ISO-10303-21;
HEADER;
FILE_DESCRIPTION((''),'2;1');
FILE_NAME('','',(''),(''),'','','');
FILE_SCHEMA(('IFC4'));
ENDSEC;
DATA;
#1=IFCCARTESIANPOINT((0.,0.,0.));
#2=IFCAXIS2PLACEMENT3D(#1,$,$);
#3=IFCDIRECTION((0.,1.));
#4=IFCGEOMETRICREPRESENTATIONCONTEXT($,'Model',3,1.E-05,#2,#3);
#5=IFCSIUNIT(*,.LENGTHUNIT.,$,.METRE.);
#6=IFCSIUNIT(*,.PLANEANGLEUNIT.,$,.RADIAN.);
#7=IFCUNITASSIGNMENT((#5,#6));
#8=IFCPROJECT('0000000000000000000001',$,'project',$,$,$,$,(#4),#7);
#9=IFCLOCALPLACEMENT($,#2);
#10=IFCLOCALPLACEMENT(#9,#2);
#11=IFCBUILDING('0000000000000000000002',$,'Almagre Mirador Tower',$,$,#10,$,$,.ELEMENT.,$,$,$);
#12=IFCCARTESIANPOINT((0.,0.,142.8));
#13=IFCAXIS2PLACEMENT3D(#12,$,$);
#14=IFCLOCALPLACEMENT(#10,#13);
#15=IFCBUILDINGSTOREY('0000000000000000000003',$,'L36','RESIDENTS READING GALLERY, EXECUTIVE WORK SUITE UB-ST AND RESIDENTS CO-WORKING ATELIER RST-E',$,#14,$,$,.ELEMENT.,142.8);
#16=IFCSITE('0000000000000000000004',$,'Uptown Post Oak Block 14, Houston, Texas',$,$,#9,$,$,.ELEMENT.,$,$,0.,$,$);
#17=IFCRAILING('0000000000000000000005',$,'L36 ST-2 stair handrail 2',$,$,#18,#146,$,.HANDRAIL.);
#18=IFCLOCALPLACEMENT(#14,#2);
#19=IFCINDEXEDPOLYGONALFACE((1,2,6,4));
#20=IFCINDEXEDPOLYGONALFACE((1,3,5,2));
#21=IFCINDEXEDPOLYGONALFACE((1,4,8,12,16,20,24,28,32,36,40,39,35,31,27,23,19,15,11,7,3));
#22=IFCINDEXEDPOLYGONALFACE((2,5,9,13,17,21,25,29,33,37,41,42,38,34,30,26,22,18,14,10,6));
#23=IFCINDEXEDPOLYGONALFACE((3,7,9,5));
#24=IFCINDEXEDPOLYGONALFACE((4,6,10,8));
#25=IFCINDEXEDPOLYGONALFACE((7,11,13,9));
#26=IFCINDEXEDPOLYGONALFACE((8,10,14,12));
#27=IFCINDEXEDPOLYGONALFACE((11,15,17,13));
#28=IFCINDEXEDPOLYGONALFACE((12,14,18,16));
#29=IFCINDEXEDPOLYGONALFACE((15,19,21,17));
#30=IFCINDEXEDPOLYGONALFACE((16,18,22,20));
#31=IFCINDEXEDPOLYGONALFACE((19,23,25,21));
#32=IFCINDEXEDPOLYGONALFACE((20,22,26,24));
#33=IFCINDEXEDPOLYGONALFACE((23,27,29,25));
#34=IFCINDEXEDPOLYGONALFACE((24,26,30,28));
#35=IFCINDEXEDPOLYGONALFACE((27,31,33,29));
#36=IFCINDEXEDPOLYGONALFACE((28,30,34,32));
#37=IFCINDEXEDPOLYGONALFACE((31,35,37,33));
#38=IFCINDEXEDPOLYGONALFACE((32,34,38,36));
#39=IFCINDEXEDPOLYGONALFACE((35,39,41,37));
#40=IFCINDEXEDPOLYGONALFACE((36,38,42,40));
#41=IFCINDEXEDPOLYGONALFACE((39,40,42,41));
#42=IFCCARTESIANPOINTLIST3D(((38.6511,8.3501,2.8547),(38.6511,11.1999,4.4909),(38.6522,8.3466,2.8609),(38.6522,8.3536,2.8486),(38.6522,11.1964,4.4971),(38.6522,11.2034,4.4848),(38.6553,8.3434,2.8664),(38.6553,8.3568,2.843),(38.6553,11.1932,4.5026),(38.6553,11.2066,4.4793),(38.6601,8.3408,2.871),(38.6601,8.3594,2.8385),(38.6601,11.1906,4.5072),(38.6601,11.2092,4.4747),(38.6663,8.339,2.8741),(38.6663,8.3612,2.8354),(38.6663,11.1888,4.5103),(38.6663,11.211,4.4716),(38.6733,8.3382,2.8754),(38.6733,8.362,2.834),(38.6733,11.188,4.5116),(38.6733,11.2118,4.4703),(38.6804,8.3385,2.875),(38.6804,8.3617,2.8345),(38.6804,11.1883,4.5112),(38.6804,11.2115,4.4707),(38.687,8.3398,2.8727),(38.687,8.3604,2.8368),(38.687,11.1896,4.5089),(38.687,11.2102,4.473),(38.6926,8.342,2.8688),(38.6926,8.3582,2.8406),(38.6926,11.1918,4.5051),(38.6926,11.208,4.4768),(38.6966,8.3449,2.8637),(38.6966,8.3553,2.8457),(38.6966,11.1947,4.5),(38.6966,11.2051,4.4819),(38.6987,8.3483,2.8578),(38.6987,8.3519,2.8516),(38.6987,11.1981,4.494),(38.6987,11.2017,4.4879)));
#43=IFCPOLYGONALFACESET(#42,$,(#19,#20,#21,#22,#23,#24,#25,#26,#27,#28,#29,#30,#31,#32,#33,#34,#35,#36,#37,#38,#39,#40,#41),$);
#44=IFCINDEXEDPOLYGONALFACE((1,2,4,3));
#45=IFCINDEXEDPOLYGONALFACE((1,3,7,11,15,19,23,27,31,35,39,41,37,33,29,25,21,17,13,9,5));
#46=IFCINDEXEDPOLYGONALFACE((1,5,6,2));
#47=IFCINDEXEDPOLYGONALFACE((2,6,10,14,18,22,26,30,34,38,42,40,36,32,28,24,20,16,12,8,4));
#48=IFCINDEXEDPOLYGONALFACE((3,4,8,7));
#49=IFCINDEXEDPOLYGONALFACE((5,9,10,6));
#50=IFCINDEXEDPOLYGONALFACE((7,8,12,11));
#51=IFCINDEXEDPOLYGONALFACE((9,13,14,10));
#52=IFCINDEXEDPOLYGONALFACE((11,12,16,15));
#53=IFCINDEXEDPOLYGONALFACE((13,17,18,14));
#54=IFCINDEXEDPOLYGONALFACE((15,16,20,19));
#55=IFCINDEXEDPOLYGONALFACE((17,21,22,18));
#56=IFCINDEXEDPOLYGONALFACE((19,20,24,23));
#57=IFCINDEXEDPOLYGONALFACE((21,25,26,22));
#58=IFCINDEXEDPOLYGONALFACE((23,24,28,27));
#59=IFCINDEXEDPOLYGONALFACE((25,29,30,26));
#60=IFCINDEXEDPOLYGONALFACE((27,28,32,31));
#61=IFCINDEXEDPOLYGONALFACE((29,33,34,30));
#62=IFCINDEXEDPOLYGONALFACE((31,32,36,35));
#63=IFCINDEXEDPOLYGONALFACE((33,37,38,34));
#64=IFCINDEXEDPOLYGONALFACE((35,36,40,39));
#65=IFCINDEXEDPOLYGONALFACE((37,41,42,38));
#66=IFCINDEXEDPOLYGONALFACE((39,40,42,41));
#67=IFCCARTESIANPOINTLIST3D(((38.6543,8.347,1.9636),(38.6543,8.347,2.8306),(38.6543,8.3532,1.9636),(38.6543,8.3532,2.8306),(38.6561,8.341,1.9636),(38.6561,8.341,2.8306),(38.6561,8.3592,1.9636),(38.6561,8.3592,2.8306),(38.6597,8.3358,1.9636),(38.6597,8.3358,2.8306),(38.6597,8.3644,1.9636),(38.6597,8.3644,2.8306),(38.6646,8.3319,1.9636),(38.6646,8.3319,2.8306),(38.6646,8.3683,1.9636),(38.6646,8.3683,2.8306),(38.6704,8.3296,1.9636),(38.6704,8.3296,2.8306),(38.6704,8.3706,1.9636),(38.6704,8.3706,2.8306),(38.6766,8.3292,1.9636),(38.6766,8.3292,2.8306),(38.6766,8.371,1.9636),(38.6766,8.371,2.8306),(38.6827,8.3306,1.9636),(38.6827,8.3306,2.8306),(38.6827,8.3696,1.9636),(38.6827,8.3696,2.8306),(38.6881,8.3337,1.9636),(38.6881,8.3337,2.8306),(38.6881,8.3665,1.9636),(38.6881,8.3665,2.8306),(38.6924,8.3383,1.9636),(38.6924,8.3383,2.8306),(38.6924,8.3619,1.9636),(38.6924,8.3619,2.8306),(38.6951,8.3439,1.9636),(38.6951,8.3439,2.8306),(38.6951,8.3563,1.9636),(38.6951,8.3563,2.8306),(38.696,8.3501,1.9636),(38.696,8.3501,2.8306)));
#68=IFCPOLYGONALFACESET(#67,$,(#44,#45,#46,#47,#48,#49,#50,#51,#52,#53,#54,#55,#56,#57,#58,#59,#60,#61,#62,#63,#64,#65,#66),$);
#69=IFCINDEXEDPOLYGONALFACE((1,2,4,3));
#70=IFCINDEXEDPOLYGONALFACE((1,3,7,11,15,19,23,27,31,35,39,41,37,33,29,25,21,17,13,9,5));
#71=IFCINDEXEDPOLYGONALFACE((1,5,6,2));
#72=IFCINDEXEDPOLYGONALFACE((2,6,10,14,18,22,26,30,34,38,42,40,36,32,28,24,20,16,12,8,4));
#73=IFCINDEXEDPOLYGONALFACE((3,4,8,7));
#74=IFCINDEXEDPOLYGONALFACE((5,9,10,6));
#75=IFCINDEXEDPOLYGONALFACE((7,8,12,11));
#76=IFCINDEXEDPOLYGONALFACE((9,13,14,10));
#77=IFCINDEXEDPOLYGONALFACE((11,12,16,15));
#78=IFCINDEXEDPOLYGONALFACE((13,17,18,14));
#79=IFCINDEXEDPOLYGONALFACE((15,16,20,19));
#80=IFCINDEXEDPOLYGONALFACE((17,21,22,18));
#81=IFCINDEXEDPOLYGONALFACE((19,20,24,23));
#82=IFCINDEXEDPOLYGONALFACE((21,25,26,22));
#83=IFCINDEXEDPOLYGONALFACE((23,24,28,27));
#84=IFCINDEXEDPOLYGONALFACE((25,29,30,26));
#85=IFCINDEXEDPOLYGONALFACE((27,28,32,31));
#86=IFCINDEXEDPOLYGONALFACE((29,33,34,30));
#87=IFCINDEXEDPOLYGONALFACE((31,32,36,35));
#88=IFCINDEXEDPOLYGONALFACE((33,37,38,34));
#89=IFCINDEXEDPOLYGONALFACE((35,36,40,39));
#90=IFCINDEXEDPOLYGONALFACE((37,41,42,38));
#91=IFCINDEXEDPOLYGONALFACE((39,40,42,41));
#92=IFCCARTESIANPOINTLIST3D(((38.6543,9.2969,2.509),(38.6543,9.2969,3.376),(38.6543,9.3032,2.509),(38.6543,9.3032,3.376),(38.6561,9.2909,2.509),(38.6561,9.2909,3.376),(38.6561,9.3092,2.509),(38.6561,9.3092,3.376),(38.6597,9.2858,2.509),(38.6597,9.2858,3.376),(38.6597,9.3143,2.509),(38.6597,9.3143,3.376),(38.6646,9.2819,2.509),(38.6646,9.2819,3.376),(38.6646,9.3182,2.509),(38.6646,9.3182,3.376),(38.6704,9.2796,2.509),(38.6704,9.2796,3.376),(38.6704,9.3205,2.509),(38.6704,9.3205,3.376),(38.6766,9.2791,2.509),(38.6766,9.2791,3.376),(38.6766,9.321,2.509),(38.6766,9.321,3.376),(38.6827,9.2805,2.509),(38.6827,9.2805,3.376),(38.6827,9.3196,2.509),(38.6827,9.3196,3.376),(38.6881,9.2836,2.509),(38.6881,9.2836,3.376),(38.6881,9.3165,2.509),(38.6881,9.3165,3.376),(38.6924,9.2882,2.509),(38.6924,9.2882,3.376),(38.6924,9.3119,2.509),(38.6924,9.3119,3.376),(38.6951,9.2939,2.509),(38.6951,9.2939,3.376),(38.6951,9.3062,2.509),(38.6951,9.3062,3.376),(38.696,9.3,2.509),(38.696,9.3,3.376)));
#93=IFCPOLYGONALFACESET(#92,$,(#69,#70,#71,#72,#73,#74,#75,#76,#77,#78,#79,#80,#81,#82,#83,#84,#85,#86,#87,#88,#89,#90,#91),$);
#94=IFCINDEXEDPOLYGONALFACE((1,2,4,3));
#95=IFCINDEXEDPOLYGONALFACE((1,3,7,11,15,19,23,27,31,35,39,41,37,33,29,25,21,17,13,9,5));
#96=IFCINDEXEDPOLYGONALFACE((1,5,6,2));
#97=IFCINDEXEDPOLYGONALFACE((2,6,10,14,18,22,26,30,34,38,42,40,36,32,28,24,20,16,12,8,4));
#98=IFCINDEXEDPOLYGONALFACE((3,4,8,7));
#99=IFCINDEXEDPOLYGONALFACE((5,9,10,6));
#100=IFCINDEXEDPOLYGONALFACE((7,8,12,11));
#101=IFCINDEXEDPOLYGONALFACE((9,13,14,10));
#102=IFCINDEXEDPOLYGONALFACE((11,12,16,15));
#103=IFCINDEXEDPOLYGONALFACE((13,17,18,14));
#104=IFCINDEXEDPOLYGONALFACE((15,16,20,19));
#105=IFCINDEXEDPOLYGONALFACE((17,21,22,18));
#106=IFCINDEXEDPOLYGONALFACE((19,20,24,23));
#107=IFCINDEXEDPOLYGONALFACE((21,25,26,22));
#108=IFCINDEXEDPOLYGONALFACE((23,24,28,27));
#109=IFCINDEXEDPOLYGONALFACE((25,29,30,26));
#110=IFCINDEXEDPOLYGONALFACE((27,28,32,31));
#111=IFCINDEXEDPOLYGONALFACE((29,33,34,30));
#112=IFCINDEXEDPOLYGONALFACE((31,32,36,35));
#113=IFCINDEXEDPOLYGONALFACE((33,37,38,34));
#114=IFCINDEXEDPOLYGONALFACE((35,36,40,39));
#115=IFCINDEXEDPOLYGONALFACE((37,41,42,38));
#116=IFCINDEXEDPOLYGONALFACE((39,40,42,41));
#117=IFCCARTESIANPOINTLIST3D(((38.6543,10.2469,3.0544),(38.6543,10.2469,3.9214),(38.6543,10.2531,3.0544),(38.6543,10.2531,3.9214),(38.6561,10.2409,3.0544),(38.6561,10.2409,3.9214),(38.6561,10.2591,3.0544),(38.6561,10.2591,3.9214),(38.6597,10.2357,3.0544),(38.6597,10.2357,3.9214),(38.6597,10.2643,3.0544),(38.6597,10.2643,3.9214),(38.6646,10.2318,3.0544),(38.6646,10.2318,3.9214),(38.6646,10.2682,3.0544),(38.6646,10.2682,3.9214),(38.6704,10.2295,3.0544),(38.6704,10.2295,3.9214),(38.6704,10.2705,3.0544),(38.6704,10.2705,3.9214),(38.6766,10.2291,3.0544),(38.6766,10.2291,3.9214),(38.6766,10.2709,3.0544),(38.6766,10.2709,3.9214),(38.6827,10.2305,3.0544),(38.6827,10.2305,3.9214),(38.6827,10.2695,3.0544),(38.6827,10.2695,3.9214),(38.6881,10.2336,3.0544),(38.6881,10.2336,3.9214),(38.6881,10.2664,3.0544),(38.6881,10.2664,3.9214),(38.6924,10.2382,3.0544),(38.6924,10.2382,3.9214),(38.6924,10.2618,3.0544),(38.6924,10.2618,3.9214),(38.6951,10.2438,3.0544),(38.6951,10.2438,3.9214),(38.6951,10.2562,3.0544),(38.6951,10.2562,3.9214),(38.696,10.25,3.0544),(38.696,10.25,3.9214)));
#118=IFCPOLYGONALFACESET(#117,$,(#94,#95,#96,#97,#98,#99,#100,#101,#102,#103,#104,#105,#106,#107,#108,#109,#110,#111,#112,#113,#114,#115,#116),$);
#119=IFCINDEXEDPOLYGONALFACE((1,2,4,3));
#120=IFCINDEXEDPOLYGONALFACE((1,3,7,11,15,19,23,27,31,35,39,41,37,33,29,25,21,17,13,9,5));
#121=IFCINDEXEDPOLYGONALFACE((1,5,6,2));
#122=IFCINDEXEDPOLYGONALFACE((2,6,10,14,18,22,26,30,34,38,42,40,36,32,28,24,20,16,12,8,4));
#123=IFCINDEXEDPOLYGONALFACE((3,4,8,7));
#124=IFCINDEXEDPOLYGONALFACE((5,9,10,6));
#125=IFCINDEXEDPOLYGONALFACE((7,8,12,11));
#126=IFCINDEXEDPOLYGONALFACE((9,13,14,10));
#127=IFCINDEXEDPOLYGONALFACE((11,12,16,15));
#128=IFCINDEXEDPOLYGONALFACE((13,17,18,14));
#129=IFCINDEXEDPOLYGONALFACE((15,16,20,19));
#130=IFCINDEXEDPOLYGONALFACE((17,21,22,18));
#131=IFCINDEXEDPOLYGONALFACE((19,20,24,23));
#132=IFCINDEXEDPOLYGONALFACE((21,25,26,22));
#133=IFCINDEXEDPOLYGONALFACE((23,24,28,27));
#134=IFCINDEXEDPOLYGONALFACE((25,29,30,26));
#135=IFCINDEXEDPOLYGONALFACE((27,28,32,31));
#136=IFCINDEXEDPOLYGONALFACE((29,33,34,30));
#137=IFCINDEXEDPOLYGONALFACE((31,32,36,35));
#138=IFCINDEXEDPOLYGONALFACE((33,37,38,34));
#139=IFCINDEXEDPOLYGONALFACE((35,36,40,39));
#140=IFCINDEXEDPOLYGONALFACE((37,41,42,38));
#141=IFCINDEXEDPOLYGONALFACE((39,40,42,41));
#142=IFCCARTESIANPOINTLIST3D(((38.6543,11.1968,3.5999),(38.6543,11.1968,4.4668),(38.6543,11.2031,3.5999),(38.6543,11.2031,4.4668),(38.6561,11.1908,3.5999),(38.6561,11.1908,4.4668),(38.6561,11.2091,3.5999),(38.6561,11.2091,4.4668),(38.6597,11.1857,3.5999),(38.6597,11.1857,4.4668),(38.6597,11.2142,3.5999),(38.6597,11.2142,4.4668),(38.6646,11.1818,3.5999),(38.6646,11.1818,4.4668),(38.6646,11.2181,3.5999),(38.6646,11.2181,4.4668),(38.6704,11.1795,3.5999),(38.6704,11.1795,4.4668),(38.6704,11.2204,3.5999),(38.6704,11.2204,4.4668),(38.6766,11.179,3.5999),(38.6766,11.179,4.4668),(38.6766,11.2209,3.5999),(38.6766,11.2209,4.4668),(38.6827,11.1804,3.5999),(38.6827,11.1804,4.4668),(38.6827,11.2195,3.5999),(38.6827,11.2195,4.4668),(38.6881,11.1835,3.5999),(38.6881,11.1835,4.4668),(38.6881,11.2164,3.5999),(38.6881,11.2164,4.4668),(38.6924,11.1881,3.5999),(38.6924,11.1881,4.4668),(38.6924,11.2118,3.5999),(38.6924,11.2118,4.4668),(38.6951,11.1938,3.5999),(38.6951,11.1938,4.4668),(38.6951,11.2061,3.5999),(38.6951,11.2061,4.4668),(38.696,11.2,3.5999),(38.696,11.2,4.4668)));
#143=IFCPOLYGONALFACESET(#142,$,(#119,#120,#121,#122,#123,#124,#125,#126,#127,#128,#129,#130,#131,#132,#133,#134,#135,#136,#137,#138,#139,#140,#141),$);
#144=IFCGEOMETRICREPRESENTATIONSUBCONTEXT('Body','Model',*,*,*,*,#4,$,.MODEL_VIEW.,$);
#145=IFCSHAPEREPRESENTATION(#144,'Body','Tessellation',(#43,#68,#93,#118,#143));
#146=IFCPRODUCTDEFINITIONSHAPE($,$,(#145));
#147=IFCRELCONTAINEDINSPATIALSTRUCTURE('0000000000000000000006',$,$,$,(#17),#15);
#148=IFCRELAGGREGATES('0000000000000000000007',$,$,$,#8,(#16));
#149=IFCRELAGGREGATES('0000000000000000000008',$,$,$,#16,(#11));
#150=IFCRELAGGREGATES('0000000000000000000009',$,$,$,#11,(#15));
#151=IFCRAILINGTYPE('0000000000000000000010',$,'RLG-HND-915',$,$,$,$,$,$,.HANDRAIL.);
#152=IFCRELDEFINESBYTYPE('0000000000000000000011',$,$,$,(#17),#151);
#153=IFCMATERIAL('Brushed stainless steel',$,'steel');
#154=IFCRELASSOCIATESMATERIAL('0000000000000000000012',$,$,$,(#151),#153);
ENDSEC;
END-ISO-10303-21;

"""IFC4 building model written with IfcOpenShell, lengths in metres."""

from ifc_helpers import new_model, si_unit, direction, frame, origin, origin_2d, place, context, subcontext, project, spatial, circle, extrude, material, type_object, element, save


model = new_model("IFC4")

# Units and contexts
model_context = context("Model", 3, precision=1e-05, world=origin(), true_north=direction((0.0, 1.0)))
body_context = subcontext(model_context, "Body", "Model", "MODEL_VIEW")
ifc_project = project(units=[si_unit("LENGTHUNIT", "METRE"), si_unit("PLANEANGLEUNIT", "RADIAN")], contexts=[model_context])

# Site, building, storey
site_placement = place(None, origin())
site = spatial("IfcSite", under=ifc_project, at=site_placement, Name="Uptown Post Oak Block 14, Houston, Texas", CompositionType="ELEMENT", RefElevation=0.0)
building_placement = place(site_placement, origin())
building = spatial("IfcBuilding", under=site, at=building_placement, Name="Almagre Mirador Tower", CompositionType="ELEMENT")
storey_placement = place(building_placement, frame((0.0, 0.0, 142.8)))
storey = spatial("IfcBuildingStorey", under=building, at=storey_placement, Name="L36", Description="RESIDENTS READING GALLERY, EXECUTIVE WORK SUITE UB-ST AND RESIDENTS CO-WORKING ATELIER RST-E", CompositionType="ELEMENT", Elevation=142.8)

# Railing
ifc_material_1 = material(Name="Brushed stainless steel", Category="steel")
railing_type_1 = type_object("IfcRailingType", Name="RLG-HND-915", PredefinedType="HANDRAIL", material=ifc_material_1)
railing_1_placement = place(storey_placement, frame((38.675, 8.3501, 1.9636)))
element("IfcRailing", 1, at=railing_1_placement, inside=storey, type_object=railing_type_1, Name="L36 ST-2 stair handrail 2", PredefinedType="HANDRAIL", context=body_context, shape_type="SweptSolid", body=[
    extrude(circle(Radius=0.0239, at=origin_2d()), frame((0.0, 0.0, 0.8911), z_axis=(0.0, 0.867226, 0.497914), x_axis=(-1.0, 0.0, 0.0)), (0.0, 0.0, 1.0), 3.2861),
    extrude(circle(Radius=0.021, at=origin_2d()), origin(), (0.0, 0.0, 1.0), 0.8669),
    extrude(circle(Radius=0.021, at=origin_2d()), frame((0.0, 0.95, 0.5454)), (0.0, 0.0, 1.0), 0.8669),
    extrude(circle(Radius=0.021, at=origin_2d()), frame((0.0, 1.8999, 1.0908)), (0.0, 0.0, 1.0), 0.8669),
    extrude(circle(Radius=0.021, at=origin_2d()), frame((0.0, 2.8499, 1.6362)), (0.0, 0.0, 1.0), 0.8669),
])

save(model, "model.ifc")
